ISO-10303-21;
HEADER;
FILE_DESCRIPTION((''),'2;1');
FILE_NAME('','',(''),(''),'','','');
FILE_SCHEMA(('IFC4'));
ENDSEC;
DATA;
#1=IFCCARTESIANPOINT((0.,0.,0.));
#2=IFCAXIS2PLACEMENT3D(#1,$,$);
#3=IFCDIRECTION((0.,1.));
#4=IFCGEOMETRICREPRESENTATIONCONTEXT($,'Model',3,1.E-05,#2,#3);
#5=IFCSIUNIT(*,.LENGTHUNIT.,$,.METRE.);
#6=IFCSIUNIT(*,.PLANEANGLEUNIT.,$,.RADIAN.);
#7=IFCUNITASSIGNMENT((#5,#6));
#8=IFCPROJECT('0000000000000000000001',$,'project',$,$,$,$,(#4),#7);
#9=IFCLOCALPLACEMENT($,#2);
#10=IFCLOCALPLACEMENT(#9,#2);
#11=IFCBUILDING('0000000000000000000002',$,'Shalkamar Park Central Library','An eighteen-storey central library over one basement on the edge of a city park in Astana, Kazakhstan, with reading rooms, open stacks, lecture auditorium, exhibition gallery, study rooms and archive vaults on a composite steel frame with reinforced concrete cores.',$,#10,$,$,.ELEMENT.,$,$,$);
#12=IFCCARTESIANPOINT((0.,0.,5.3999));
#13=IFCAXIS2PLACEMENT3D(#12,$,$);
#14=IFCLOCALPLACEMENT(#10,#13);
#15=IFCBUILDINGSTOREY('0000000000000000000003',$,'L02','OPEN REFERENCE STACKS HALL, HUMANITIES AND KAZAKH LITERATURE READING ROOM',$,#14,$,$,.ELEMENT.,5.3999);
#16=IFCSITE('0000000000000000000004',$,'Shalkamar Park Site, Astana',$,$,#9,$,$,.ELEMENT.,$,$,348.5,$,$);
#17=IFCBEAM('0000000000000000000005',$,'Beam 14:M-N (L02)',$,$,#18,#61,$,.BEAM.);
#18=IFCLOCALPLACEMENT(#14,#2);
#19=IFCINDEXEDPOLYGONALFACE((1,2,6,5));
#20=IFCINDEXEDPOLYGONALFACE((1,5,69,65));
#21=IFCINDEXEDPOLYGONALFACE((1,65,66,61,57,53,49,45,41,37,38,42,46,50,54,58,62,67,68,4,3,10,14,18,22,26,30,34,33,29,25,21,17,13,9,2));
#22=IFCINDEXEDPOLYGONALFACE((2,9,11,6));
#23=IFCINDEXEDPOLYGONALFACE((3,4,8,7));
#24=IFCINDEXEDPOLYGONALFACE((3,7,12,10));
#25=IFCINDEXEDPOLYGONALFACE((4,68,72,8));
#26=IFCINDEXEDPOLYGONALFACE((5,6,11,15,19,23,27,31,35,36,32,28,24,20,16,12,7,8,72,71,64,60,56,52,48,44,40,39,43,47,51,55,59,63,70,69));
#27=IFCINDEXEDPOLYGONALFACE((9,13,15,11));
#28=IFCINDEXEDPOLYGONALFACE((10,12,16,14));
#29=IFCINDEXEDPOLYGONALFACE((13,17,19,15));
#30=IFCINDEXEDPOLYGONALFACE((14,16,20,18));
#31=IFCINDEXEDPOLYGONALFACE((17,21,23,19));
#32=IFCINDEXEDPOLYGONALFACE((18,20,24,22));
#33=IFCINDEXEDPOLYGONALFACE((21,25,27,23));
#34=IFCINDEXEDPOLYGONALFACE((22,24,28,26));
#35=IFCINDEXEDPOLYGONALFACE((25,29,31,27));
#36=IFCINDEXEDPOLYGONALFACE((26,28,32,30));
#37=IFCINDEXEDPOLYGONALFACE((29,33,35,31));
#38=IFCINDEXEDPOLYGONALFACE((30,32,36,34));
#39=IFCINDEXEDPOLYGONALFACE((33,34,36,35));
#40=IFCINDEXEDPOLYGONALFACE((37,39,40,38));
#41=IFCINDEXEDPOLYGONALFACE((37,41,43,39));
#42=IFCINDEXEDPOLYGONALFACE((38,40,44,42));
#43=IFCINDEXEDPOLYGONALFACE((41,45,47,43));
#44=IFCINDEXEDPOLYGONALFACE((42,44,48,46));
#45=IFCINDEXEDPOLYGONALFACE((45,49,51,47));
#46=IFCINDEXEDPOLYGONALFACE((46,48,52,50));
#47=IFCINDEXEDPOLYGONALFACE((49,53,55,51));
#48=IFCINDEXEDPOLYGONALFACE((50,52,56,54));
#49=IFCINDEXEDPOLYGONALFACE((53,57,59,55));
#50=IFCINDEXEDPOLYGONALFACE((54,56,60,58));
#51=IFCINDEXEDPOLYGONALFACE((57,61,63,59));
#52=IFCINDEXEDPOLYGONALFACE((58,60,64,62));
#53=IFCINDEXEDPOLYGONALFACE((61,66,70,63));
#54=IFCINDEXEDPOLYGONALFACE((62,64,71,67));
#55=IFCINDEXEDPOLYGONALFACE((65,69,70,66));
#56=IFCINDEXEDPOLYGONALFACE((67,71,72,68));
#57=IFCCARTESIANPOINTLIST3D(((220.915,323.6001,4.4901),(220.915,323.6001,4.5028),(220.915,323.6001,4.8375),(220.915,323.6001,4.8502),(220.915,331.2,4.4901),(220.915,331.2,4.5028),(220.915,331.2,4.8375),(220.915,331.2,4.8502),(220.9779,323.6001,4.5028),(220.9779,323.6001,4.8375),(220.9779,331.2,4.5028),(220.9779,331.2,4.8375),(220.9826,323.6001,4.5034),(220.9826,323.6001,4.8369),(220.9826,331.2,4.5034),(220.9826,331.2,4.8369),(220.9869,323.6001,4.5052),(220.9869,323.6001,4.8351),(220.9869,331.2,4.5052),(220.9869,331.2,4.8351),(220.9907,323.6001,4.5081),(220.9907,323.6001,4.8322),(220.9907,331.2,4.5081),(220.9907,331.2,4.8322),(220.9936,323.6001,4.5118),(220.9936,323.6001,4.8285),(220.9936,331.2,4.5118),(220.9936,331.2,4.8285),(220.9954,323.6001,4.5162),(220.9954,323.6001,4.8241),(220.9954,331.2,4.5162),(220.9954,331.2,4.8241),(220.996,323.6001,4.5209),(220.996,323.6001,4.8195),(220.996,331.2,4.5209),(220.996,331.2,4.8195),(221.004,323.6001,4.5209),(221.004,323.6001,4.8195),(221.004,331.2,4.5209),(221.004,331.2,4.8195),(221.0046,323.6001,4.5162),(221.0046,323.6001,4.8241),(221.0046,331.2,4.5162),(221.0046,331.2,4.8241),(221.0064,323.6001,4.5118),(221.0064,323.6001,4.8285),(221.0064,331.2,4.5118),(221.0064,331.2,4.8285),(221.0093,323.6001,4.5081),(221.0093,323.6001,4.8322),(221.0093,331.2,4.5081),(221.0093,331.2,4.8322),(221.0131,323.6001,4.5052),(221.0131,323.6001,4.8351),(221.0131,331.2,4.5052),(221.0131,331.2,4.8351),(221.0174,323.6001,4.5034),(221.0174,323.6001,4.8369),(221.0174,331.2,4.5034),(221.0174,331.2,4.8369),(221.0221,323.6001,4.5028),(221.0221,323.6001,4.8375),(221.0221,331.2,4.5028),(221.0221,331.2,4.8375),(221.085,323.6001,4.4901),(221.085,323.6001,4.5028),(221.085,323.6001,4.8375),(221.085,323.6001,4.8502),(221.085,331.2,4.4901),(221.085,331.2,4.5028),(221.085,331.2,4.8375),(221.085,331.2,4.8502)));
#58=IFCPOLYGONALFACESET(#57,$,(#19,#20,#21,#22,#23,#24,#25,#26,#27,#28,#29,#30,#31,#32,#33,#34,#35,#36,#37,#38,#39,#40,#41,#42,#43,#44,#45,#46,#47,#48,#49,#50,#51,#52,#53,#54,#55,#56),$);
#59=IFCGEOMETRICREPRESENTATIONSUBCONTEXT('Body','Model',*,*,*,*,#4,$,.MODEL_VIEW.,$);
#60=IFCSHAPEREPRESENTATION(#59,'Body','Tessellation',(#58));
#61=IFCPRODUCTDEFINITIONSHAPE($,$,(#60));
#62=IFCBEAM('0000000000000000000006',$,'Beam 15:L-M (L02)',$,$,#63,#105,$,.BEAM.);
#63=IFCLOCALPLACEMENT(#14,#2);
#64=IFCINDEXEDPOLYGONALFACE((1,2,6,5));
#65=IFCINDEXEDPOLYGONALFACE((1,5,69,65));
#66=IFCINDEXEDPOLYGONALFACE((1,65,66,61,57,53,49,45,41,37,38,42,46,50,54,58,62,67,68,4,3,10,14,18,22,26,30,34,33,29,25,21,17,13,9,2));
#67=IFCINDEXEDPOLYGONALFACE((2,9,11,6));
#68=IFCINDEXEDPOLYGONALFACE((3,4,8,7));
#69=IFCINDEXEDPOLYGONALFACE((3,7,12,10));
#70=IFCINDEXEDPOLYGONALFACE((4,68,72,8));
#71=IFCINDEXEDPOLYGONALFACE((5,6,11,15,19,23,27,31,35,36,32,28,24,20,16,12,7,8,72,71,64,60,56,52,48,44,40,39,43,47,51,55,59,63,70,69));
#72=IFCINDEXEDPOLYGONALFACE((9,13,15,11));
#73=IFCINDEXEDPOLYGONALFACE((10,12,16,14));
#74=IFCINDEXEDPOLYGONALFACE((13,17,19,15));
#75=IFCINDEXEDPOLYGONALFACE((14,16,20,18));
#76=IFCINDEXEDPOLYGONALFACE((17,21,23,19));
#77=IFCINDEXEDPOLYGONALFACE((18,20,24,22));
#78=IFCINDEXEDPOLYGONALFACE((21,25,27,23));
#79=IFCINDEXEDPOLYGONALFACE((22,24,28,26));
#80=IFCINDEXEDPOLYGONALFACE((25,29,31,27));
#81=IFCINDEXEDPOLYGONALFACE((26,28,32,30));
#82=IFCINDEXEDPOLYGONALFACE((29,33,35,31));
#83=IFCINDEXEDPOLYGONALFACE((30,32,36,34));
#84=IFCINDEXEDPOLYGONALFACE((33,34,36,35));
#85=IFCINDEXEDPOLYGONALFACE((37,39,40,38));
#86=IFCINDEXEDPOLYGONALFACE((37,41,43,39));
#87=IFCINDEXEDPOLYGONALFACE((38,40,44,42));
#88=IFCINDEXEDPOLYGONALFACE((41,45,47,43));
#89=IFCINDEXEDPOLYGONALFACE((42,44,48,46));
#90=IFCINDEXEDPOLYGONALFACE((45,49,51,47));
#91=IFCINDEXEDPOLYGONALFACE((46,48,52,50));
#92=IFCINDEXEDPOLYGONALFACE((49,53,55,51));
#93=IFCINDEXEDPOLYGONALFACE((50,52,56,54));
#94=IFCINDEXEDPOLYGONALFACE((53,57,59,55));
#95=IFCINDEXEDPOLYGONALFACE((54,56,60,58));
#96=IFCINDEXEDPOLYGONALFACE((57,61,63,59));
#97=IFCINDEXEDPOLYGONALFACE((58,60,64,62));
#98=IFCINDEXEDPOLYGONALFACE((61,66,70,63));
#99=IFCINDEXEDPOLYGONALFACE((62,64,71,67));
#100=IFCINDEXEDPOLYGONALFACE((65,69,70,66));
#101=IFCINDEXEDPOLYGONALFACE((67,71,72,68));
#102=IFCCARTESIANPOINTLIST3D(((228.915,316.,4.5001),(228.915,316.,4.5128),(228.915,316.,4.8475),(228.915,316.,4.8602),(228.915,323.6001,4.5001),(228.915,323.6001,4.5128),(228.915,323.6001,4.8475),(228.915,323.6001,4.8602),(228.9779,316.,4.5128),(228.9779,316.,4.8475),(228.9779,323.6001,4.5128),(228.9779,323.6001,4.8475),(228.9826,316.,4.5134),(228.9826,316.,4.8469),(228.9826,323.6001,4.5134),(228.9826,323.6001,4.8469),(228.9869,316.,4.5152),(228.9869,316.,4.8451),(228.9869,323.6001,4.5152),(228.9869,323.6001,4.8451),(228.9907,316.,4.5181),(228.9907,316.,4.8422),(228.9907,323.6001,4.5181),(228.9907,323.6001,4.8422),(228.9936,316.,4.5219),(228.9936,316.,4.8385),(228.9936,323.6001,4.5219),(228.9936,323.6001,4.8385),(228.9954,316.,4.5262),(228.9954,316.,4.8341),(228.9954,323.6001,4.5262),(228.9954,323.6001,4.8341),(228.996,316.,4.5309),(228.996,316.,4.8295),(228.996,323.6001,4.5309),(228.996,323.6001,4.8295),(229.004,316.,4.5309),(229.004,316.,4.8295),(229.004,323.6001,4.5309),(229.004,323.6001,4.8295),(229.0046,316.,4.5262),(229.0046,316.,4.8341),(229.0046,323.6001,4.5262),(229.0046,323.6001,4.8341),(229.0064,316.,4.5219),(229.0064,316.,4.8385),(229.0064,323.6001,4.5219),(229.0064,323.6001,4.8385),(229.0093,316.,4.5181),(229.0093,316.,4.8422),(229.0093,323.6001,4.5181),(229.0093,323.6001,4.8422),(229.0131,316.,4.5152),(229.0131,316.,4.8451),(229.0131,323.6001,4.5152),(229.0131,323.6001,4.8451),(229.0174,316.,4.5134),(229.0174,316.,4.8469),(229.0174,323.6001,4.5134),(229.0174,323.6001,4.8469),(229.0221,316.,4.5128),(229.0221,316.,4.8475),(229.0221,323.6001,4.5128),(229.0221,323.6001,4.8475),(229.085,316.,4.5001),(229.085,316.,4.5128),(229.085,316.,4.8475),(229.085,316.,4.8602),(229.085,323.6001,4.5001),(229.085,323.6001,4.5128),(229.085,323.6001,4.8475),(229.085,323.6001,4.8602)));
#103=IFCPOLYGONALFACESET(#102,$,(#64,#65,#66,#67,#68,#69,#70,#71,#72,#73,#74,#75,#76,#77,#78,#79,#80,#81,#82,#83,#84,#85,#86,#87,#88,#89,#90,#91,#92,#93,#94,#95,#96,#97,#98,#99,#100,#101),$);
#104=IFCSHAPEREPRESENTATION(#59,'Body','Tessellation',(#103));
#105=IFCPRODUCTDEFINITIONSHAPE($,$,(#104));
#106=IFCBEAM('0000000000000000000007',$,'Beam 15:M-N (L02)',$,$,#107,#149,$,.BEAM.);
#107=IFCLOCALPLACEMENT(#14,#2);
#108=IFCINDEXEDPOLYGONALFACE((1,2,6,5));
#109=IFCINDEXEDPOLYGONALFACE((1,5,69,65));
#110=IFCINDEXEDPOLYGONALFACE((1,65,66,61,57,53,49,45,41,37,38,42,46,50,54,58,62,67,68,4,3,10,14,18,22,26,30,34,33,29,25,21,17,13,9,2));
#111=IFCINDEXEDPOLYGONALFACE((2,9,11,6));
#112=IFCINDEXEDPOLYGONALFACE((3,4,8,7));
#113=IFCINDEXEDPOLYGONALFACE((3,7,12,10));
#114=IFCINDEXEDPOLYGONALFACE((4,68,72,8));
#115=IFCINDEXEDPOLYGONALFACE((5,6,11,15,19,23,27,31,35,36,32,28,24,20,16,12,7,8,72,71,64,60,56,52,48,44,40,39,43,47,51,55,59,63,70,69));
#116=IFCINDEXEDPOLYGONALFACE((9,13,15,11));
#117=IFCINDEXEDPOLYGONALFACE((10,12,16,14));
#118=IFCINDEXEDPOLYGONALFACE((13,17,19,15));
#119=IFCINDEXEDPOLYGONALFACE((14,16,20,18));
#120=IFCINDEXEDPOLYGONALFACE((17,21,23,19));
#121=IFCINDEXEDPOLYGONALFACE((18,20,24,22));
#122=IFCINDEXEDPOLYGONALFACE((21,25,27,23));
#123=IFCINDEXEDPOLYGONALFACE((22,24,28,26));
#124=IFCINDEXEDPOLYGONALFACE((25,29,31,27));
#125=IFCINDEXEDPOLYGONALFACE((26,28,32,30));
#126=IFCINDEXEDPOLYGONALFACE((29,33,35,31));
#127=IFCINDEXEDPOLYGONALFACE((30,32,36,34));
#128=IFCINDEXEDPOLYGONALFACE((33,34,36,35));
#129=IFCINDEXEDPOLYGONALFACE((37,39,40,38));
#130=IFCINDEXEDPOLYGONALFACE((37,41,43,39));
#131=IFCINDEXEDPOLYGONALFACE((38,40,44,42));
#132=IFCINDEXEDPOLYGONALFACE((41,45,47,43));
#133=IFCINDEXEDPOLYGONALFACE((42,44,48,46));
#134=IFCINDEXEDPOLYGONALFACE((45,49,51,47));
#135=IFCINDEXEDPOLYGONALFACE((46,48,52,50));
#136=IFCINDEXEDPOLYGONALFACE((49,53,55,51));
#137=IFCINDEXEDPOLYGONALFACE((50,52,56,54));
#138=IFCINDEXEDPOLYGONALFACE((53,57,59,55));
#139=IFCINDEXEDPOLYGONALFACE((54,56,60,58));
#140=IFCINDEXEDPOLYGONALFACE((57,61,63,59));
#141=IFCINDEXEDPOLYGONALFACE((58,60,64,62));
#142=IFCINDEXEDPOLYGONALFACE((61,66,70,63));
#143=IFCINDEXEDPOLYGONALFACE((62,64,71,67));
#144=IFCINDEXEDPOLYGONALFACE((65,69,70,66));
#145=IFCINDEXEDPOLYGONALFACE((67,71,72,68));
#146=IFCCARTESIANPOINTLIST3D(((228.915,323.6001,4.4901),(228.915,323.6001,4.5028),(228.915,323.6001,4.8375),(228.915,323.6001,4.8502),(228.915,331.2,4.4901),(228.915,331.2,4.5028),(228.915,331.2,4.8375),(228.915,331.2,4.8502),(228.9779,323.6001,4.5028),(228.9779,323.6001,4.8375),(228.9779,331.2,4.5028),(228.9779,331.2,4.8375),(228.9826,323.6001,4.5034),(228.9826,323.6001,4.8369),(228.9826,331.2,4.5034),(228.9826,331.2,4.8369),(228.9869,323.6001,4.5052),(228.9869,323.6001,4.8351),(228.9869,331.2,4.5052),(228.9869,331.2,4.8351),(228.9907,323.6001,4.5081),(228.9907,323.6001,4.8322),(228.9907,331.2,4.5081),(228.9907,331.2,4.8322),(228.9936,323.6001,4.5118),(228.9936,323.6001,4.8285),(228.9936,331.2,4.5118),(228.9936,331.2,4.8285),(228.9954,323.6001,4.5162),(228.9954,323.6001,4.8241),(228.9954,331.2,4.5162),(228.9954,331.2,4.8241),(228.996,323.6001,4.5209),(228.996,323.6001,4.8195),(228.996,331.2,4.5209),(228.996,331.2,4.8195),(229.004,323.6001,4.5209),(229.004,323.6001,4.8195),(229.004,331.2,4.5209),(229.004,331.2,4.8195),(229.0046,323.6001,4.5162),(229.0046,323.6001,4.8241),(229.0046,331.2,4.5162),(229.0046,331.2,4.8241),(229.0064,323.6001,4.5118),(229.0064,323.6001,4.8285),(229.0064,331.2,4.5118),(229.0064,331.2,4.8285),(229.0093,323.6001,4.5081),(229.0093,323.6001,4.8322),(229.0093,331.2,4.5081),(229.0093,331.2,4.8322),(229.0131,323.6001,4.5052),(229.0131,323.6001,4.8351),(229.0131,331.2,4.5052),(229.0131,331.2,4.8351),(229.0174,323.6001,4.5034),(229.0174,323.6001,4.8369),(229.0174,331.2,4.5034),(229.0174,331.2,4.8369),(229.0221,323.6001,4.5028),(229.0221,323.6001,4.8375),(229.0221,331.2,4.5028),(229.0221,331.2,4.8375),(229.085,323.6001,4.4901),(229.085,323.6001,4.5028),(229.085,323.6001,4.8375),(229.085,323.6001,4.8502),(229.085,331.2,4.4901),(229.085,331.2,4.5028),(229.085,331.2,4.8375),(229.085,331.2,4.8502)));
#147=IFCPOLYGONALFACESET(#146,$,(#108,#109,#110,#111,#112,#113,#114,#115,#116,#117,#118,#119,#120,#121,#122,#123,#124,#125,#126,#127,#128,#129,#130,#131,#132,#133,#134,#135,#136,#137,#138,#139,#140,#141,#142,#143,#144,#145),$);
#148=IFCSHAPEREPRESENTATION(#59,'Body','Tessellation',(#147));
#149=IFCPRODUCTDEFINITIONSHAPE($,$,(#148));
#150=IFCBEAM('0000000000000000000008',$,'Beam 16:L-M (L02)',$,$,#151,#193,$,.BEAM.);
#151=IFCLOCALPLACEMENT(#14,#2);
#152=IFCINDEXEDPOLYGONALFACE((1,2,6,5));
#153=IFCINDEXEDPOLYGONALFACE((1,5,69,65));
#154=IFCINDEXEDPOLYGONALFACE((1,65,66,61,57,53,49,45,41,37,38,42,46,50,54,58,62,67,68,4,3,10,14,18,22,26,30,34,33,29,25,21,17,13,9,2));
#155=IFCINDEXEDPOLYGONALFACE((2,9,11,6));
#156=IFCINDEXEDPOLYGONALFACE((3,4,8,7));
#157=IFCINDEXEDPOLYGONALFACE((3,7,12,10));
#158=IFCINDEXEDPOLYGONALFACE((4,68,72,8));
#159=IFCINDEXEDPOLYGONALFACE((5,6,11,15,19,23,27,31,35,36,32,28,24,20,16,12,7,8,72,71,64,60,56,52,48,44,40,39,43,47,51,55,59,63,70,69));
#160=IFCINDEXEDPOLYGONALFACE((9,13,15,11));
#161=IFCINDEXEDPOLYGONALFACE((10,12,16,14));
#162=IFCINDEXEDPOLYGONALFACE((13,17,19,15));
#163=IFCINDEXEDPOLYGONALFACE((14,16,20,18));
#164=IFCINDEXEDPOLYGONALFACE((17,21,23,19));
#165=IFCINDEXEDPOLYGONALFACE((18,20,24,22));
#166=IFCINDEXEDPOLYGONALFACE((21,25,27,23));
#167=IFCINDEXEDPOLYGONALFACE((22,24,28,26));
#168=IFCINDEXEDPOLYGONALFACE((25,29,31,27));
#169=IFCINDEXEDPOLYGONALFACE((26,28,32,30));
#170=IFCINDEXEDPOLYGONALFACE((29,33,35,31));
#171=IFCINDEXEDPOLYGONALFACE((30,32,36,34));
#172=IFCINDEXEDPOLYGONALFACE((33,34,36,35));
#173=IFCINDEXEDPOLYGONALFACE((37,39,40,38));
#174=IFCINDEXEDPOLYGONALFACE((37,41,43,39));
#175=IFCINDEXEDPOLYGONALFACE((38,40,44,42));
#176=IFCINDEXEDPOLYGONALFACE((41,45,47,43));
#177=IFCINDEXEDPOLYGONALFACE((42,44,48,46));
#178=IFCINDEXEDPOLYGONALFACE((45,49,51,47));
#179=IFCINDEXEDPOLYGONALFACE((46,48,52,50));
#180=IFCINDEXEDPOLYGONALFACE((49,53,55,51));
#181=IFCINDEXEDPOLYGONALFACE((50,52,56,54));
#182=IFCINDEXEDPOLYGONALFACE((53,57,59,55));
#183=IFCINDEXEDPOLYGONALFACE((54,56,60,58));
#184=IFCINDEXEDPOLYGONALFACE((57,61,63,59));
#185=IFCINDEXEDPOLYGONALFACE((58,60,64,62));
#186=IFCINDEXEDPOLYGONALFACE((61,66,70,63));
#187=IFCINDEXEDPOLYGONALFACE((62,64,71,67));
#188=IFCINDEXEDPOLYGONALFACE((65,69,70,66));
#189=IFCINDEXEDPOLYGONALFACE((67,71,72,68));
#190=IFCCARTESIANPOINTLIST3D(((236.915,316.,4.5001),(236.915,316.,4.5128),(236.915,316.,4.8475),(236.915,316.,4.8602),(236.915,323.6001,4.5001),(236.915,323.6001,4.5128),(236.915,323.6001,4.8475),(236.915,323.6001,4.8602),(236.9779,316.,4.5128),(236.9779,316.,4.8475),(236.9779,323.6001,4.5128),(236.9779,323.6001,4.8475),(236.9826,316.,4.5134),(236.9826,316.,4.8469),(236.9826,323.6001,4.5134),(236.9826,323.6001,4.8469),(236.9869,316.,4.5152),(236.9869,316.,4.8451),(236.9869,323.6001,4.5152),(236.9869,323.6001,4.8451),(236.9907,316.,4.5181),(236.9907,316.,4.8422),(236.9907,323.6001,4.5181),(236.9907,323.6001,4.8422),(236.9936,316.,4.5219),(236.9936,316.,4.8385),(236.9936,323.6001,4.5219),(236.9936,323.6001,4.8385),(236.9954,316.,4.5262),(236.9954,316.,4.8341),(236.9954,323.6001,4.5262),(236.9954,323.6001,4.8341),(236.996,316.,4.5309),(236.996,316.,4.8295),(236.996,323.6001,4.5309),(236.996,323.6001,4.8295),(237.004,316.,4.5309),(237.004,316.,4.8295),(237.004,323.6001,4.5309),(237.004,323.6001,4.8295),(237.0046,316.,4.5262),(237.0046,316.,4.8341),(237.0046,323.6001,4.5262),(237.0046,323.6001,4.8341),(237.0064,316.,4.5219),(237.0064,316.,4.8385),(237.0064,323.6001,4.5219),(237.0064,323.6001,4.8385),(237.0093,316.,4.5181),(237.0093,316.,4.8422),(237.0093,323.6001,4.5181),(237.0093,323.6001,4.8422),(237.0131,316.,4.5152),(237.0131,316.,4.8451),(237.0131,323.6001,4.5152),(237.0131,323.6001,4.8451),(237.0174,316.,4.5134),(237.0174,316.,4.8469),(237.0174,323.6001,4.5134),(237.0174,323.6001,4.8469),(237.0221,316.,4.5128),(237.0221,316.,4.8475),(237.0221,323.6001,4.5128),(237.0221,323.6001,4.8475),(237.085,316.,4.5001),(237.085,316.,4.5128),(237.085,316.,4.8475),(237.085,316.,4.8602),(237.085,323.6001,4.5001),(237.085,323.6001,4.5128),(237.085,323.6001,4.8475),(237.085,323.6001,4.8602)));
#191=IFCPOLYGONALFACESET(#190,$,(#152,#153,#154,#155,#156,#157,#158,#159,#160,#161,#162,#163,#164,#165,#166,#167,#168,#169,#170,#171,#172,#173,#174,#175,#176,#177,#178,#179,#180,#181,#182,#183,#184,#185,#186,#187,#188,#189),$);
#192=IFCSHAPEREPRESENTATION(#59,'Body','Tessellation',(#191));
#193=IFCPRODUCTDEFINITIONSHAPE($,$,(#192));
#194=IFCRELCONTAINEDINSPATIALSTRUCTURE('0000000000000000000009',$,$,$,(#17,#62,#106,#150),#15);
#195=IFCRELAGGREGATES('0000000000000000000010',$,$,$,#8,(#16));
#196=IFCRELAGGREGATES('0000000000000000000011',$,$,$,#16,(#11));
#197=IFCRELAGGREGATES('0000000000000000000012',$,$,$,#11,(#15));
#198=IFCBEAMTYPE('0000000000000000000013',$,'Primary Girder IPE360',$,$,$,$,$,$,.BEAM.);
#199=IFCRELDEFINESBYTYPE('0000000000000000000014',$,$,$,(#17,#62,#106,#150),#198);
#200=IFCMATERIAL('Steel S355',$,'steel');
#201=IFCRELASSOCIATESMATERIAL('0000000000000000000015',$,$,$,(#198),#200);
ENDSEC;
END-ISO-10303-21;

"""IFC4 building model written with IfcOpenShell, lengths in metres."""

from ifc_helpers import new_model, si_unit, direction, frame, origin, origin_2d, place, context, subcontext, project, spatial, i_section, extrude, material, material_profile, profile_set, type_object, element, save


model = new_model("IFC4")

# Units and contexts
model_context = context("Model", 3, precision=1e-05, world=origin(), true_north=direction((0.0, 1.0)))
body_context = subcontext(model_context, "Body", "Model", "MODEL_VIEW")
ifc_project = project(units=[si_unit("LENGTHUNIT", "METRE"), si_unit("PLANEANGLEUNIT", "RADIAN")], contexts=[model_context])

# Site, building, storey
site_placement = place(None, origin())
site = spatial("IfcSite", under=ifc_project, at=site_placement, Name="Shalkamar Park Site, Astana", CompositionType="ELEMENT", RefElevation=348.5)
building_placement = place(site_placement, origin())
building = spatial("IfcBuilding", under=site, at=building_placement, Name="Shalkamar Park Central Library", Description="An eighteen-storey central library over one basement on the edge of a city park in Astana, Kazakhstan, with reading rooms, open stacks, lecture auditorium, exhibition gallery, study rooms and archive vaults on a composite steel frame with reinforced concrete cores.", CompositionType="ELEMENT")
storey_placement = place(building_placement, frame((0.0, 0.0, 5.3999)))
storey = spatial("IfcBuildingStorey", under=building, at=storey_placement, Name="L02", Description="OPEN REFERENCE STACKS HALL, HUMANITIES AND KAZAKH LITERATURE READING ROOM", CompositionType="ELEMENT", Elevation=5.3999)

# Shared definitions
ifc_material = material(Name="Steel S355", Category="steel")

# Beams
ifc_material_profile_1 = material_profile(ifc_material, i_section(OverallWidth=0.1699, OverallDepth=0.3601, WebThickness=0.0081, FlangeThickness=0.0127, FilletRadius=0.0181, at=origin_2d()), Name="IPE 360")
ifc_profile_set_1 = profile_set([ifc_material_profile_1], Name="Steel S355")
beam_type_1 = type_object("IfcBeamType", Name="Primary Girder IPE360", PredefinedType="BEAM", material=ifc_profile_set_1)
beam_1_placement = place(storey_placement, frame((221.0, 323.6001, 4.6702), z_axis=(0.0, 1.0, 0.0), x_axis=(-1.0, 0.0, 0.0)))
element("IfcBeam", 1, at=beam_1_placement, inside=storey, type_object=beam_type_1, Name="Beam 14:M-N (L02)", PredefinedType="BEAM", context=body_context, shape_type="SweptSolid", body=[
    extrude(i_section(OverallWidth=0.1699, OverallDepth=0.3601, WebThickness=0.0081, FlangeThickness=0.0127, FilletRadius=0.0181, at=origin_2d()), origin(), (0.0, 0.0, 1.0), 7.5999),
])
beam_2_placement = place(storey_placement, frame((229.0, 316.0, 4.6802), z_axis=(0.0, 1.0, 0.0), x_axis=(-1.0, 0.0, 0.0)))
element("IfcBeam", 2, at=beam_2_placement, inside=storey, type_object=beam_type_1, Name="Beam 15:L-M (L02)", PredefinedType="BEAM", context=body_context, shape_type="SweptSolid", body=[
    extrude(i_section(OverallWidth=0.1699, OverallDepth=0.3601, WebThickness=0.0081, FlangeThickness=0.0127, FilletRadius=0.0181, at=origin_2d()), origin(), (0.0, 0.0, 1.0), 7.6001),
])
beam_3_placement = place(storey_placement, frame((229.0, 323.6001, 4.6702), z_axis=(0.0, 1.0, 0.0), x_axis=(-1.0, 0.0, 0.0)))
element("IfcBeam", 3, at=beam_3_placement, inside=storey, type_object=beam_type_1, Name="Beam 15:M-N (L02)", PredefinedType="BEAM", context=body_context, shape_type="SweptSolid", body=[
    extrude(i_section(OverallWidth=0.1699, OverallDepth=0.3601, WebThickness=0.0081, FlangeThickness=0.0127, FilletRadius=0.0181, at=origin_2d()), origin(), (0.0, 0.0, 1.0), 7.5999),
])
beam_4_placement = place(storey_placement, frame((237.0, 316.0, 4.6802), z_axis=(0.0, 1.0, 0.0), x_axis=(-1.0, 0.0, 0.0)))
element("IfcBeam", 4, at=beam_4_placement, inside=storey, type_object=beam_type_1, Name="Beam 16:L-M (L02)", PredefinedType="BEAM", context=body_context, shape_type="SweptSolid", body=[
    extrude(i_section(OverallWidth=0.1699, OverallDepth=0.3601, WebThickness=0.0081, FlangeThickness=0.0127, FilletRadius=0.0181, at=origin_2d()), origin(), (0.0, 0.0, 1.0), 7.6001),
])

save(model, "model.ifc")
